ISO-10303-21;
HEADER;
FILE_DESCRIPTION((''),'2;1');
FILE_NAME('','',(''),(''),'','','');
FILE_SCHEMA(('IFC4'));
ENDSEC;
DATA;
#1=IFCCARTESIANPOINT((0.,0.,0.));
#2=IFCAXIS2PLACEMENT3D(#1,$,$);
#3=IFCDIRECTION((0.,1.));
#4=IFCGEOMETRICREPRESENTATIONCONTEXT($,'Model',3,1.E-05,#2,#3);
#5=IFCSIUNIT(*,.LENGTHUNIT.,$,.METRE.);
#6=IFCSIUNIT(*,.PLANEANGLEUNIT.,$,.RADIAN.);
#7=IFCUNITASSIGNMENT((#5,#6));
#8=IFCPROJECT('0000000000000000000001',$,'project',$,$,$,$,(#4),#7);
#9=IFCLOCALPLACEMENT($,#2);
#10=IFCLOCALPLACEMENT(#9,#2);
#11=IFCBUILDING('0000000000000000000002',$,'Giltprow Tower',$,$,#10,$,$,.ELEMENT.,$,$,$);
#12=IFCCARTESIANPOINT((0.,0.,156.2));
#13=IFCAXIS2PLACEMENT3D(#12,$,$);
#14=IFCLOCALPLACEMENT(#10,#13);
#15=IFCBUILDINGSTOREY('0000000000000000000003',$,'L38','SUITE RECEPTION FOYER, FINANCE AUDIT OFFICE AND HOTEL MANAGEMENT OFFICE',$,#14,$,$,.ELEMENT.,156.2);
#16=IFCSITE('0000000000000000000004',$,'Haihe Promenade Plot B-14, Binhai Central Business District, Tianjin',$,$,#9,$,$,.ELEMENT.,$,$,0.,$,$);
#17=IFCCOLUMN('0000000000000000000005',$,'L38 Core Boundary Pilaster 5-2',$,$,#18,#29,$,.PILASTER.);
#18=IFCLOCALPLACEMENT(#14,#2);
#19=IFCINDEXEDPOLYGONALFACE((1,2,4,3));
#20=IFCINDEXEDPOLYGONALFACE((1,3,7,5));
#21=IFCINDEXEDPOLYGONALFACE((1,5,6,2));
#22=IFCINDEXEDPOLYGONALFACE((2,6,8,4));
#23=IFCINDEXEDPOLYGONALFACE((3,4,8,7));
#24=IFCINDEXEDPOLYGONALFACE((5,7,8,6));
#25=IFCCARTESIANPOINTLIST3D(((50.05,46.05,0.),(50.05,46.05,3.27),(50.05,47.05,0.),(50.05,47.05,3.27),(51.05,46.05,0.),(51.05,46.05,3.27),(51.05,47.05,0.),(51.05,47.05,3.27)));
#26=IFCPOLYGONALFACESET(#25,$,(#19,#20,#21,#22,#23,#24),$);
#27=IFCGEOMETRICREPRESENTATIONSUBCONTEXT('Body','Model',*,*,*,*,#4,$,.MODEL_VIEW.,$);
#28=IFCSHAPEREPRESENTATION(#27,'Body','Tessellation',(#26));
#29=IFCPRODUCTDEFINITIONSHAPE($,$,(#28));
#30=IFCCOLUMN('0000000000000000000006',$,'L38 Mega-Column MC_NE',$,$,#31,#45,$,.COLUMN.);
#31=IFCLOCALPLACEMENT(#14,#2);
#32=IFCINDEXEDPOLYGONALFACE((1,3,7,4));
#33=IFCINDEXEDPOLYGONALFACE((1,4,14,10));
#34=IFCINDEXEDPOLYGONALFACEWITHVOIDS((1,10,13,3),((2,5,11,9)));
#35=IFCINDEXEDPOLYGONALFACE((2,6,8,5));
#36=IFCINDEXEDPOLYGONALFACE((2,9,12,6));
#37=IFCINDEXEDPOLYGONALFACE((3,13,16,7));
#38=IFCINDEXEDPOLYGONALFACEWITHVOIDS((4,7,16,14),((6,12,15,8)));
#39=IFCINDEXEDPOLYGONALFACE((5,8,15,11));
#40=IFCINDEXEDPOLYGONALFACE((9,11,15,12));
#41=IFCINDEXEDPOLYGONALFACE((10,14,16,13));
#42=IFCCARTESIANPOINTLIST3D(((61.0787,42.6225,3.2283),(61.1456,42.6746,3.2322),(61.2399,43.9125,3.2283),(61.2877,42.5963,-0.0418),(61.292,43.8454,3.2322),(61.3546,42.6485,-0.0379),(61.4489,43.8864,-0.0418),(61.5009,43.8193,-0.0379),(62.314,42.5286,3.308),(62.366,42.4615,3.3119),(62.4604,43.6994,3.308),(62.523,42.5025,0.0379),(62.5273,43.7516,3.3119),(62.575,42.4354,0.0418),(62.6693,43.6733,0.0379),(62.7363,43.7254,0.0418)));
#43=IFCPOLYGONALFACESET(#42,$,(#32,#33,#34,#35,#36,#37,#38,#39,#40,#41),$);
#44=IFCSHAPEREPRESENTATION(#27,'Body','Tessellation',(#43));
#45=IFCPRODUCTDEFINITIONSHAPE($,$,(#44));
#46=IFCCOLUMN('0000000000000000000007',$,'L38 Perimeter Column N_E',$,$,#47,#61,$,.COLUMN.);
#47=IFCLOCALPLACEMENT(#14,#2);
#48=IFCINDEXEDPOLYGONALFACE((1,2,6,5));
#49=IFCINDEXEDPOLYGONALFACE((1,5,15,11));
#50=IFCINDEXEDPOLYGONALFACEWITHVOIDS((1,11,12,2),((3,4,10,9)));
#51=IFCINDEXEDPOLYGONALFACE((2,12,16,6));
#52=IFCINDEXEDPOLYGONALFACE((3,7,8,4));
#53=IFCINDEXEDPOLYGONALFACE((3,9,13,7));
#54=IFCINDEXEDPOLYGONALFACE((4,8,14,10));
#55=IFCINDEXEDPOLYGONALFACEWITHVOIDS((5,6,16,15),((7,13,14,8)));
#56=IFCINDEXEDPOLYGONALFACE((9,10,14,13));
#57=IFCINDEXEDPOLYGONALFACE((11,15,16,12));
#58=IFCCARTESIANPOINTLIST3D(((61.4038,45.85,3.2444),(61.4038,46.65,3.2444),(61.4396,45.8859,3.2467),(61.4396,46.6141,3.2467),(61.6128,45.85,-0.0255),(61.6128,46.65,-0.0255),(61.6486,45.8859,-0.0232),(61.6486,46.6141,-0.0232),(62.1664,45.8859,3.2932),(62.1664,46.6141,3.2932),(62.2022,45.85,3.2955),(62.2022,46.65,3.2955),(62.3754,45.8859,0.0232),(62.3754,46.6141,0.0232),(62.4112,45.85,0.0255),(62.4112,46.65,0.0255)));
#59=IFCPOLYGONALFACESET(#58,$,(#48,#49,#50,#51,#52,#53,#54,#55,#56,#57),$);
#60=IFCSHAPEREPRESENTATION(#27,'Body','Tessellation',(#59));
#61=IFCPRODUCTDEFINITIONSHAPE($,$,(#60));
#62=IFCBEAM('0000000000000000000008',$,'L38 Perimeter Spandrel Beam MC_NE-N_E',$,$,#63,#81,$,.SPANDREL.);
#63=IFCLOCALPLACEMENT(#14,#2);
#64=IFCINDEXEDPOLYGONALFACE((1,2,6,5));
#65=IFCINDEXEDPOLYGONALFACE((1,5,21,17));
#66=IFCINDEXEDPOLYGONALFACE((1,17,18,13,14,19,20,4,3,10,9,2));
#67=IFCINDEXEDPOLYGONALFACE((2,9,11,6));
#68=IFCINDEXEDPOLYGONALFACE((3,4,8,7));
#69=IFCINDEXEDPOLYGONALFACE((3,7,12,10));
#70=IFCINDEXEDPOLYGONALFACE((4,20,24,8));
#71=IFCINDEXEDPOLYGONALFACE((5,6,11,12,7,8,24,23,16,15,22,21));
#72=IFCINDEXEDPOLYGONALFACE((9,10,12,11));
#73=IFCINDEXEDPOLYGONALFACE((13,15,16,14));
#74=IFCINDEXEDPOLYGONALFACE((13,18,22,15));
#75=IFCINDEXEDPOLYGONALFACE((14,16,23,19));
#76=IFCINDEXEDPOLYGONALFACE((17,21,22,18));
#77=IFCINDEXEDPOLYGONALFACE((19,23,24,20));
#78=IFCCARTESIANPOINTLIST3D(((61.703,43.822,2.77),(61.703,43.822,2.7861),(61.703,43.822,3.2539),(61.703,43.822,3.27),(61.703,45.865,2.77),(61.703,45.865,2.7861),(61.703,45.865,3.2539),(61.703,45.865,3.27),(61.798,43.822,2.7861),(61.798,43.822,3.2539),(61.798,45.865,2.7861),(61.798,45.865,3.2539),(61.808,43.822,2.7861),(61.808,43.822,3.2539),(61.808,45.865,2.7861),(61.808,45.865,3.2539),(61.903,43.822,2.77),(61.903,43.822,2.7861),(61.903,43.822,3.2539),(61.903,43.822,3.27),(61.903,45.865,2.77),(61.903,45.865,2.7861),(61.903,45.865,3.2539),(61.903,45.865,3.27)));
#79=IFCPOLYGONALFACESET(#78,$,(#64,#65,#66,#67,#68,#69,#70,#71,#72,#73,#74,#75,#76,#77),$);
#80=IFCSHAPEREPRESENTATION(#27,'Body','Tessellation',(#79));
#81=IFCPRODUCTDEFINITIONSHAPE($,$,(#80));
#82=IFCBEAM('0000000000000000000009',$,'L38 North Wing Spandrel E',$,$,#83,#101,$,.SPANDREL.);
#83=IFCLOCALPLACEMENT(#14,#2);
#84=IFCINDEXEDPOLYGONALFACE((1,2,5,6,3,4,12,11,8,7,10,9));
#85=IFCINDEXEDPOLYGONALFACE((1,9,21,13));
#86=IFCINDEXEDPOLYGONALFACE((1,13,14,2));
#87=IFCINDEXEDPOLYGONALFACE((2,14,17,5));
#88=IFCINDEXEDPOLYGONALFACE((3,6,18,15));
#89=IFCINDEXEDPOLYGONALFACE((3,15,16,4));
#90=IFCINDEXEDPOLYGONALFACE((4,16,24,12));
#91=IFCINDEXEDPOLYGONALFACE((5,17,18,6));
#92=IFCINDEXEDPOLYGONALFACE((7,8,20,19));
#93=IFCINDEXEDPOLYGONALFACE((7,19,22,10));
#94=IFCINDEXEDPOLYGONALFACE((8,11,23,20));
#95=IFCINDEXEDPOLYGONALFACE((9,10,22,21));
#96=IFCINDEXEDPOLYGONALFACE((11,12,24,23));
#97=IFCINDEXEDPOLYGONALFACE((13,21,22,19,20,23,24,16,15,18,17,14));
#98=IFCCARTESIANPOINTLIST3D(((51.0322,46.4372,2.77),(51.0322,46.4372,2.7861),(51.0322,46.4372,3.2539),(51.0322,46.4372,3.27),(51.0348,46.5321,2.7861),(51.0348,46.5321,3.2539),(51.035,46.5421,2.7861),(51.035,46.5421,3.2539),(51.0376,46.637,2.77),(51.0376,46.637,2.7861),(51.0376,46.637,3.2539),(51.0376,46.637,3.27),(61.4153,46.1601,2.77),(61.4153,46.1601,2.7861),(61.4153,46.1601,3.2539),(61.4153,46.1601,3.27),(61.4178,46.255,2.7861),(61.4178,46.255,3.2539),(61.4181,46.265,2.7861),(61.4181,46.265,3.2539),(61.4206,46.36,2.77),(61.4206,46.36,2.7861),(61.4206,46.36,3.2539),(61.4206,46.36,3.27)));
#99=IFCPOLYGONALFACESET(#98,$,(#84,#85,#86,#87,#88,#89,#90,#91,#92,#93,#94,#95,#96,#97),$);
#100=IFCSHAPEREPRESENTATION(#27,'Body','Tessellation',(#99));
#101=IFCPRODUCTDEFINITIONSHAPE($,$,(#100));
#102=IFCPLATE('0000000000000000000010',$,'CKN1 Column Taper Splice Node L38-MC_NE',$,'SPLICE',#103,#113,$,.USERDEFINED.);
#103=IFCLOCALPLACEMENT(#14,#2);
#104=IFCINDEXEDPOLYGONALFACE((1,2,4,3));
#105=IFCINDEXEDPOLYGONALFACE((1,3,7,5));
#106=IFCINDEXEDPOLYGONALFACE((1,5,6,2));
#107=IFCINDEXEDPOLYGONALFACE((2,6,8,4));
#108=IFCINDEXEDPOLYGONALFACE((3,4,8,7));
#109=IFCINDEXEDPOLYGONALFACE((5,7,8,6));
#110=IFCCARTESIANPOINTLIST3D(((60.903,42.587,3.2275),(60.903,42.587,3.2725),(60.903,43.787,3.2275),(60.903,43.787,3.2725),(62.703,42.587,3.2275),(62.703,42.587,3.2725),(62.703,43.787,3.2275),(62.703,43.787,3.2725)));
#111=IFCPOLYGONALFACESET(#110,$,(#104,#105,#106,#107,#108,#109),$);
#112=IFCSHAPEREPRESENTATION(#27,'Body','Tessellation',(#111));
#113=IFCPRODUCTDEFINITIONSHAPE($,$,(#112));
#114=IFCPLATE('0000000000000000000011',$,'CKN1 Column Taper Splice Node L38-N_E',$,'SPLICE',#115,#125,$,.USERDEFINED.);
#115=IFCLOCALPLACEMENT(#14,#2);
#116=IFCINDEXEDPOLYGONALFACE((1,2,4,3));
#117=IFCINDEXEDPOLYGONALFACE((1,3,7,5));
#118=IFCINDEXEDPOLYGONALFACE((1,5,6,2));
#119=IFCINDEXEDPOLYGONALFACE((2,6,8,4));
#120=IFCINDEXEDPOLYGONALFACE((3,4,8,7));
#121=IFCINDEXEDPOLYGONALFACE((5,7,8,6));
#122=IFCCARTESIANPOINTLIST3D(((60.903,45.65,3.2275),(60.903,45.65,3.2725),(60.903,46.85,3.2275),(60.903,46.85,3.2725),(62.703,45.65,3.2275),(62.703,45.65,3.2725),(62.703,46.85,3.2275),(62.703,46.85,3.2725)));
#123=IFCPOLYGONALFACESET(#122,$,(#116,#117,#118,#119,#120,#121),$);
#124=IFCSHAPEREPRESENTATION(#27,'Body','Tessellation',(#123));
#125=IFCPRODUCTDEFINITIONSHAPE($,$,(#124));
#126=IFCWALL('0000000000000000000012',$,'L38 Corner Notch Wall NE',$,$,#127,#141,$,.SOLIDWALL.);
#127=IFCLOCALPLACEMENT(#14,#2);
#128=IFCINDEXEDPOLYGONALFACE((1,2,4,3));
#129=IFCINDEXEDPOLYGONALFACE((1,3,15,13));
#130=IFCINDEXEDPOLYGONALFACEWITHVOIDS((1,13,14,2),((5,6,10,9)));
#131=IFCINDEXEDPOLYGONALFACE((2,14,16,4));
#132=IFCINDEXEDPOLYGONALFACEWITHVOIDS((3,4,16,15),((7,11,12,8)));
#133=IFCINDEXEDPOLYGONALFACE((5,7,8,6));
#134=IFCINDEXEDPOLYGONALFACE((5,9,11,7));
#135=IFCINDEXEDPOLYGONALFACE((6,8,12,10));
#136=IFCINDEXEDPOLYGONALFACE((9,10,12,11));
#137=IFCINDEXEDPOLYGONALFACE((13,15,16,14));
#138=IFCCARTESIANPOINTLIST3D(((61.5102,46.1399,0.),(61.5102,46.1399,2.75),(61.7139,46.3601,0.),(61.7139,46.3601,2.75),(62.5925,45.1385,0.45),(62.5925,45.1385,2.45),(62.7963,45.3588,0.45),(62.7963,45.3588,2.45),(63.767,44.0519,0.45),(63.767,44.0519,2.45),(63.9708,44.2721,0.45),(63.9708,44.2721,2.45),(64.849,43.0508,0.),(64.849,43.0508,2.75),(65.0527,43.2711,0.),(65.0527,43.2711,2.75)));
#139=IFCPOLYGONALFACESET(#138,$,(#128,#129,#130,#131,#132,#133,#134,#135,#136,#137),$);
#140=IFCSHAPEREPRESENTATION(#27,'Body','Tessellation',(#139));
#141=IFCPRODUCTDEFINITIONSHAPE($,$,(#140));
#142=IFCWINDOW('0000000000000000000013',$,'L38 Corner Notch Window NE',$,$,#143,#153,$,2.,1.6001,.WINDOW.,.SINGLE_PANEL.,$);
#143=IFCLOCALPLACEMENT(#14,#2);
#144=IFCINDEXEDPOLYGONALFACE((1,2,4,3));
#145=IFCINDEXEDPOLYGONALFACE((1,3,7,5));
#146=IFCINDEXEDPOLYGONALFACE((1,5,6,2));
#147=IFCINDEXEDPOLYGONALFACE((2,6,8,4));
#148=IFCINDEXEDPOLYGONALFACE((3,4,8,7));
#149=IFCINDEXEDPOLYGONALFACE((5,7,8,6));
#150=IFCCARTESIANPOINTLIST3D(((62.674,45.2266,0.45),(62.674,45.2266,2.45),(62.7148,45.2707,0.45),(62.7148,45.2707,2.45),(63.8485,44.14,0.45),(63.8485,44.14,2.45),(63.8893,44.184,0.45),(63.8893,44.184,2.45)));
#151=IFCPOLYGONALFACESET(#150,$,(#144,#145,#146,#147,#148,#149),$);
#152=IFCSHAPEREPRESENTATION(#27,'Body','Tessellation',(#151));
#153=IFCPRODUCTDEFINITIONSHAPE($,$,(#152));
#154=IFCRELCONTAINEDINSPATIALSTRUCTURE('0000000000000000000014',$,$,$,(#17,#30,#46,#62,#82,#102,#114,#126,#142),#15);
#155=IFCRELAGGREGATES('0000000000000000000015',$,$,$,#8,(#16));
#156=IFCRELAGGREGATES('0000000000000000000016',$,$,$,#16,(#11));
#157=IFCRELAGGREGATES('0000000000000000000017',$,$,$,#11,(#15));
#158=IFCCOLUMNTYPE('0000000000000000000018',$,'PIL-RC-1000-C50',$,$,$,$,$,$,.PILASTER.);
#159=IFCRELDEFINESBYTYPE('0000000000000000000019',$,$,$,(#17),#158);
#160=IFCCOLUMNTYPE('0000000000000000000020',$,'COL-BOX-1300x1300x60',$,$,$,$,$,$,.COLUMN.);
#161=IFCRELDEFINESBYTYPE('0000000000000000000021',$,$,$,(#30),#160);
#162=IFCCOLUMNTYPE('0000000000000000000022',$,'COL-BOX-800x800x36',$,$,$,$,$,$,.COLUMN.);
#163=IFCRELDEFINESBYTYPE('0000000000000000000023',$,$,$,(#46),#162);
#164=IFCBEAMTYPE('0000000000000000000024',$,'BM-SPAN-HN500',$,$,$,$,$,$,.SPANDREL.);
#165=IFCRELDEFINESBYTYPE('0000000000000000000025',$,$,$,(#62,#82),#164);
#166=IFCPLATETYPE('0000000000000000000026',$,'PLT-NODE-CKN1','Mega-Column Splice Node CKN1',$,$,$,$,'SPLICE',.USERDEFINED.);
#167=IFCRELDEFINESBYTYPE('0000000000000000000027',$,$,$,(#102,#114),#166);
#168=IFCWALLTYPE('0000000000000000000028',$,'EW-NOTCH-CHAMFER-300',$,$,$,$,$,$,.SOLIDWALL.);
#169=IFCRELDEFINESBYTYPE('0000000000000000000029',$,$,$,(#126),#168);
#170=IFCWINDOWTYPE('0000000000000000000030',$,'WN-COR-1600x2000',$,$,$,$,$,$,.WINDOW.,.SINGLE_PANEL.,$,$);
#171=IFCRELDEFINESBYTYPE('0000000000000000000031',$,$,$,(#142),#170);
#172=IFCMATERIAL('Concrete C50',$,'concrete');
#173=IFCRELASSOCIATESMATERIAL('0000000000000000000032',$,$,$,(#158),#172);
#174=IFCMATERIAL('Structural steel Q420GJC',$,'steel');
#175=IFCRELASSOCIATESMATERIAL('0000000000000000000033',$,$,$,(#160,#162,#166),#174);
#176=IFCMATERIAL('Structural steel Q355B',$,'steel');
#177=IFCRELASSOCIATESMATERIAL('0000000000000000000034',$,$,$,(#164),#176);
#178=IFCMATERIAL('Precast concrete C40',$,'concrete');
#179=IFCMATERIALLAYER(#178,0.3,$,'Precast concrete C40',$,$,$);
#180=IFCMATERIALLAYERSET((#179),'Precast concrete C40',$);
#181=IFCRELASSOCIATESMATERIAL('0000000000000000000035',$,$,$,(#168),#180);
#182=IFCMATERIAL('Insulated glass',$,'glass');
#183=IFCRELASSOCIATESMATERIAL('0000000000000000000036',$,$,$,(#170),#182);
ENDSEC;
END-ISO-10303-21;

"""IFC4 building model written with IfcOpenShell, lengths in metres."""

from ifc_helpers import new_model, si_unit, direction, frame, frame_2d, origin, origin_2d, place, context, subcontext, project, spatial, rectangle, hollow_rectangle, i_section, extrude, source, transform, mapped, material, layer, layer_set, material_profile, profile_set, type_object, element, fill, save


model = new_model("IFC4")

# Units and contexts
model_context = context("Model", 3, precision=1e-05, world=origin(), true_north=direction((0.0, 1.0)))
body_context = subcontext(model_context, "Body", "Model", "MODEL_VIEW")
ifc_project = project(units=[si_unit("LENGTHUNIT", "METRE"), si_unit("PLANEANGLEUNIT", "RADIAN")], contexts=[model_context])

# Site, building, storey
site_placement = place(None, origin())
site = spatial("IfcSite", under=ifc_project, at=site_placement, Name="Haihe Promenade Plot B-14, Binhai Central Business District, Tianjin", CompositionType="ELEMENT", RefElevation=0.0)
building_placement = place(site_placement, origin())
building = spatial("IfcBuilding", under=site, at=building_placement, Name="Giltprow Tower", CompositionType="ELEMENT")
storey_placement = place(building_placement, frame((0.0, 0.0, 156.2)))
storey = spatial("IfcBuildingStorey", under=building, at=storey_placement, Name="L38", Description="SUITE RECEPTION FOYER, FINANCE AUDIT OFFICE AND HOTEL MANAGEMENT OFFICE", CompositionType="ELEMENT", Elevation=156.2)

# Columns
ifc_material_1 = material(Name="Concrete C50", Category="concrete")
ifc_material_profile_1 = material_profile(ifc_material_1, rectangle(XDim=1.0, YDim=1.0, at=origin_2d()), Name="RC 1000x1000")
ifc_profile_set_1 = profile_set([ifc_material_profile_1], Name="Concrete C50")
column_type_1 = type_object("IfcColumnType", Name="PIL-RC-1000-C50", PredefinedType="PILASTER", material=ifc_profile_set_1)
shared_shape_1 = source(origin(), body_context, "Body", "SweptSolid", [
    extrude(rectangle(XDim=1.0, YDim=1.0, at=origin_2d()), origin(), (0.0, 0.0, 1.0), 3.27),
])
column_1_placement = place(storey_placement, frame((50.55, 46.55, 0.0), z_axis=(0.0, 0.0, 1.0), x_axis=(1.0, 0.0, 0.0)))
element("IfcColumn", 1, at=column_1_placement, inside=storey, type_object=column_type_1, Name="L38 Core Boundary Pilaster 5-2", PredefinedType="PILASTER", context=body_context, shape_type="MappedRepresentation", body=[
    mapped(shared_shape_1, transform((0.0, 0.0, 0.0), x_axis=(1.0, 0.0, 0.0), y_axis=(0.0, 1.0, 0.0), z_axis=(0.0, 0.0, 1.0), scale=1.0)),
])
ifc_material_2 = material(Name="Structural steel Q420GJC", Category="steel")
ifc_material_profile_2 = material_profile(ifc_material_2, hollow_rectangle(XDim=1.3, YDim=1.3, WallThickness=0.0601, at=origin_2d()), Name="BOX 1300x1300x60")
ifc_profile_set_2 = profile_set([ifc_material_profile_2], Name="Structural steel Q420GJC")
column_type_2 = type_object("IfcColumnType", Name="COL-BOX-1300x1300x60", PredefinedType="COLUMN", material=ifc_profile_set_2)
shared_shape_2 = source(origin(), body_context, "Body", "SweptSolid", [
    extrude(hollow_rectangle(XDim=1.3, YDim=1.3, WallThickness=0.0601, at=origin_2d()), origin(), (0.0, 0.0, 1.0), 3.2769),
])
column_2_placement = place(storey_placement, frame((62.012, 43.1609, 0.0), z_axis=(-0.063777, 0.007972, 0.997932), x_axis=(-0.124035, -0.992278, 0.0)))
element("IfcColumn", 2, at=column_2_placement, inside=storey, type_object=column_type_2, Name="L38 Mega-Column MC_NE", PredefinedType="COLUMN", context=body_context, shape_type="MappedRepresentation", body=[
    mapped(shared_shape_2, transform((0.0, 0.0, 0.0), x_axis=(1.0, 0.0, 0.0), y_axis=(0.0, 1.0, 0.0), z_axis=(0.0, 0.0, 1.0), scale=1.0)),
])
ifc_material_profile_3 = material_profile(ifc_material_2, hollow_rectangle(XDim=0.8, YDim=0.8, WallThickness=0.0359, at=origin_2d()), Name="BOX 800x800x36")
ifc_profile_set_3 = profile_set([ifc_material_profile_3], Name="Structural steel Q420GJC")
column_type_3 = type_object("IfcColumnType", Name="COL-BOX-800x800x36", PredefinedType="COLUMN", material=ifc_profile_set_3)
shared_shape_3 = source(origin(), body_context, "Body", "SweptSolid", [
    extrude(hollow_rectangle(XDim=0.8, YDim=0.8, WallThickness=0.0359, at=origin_2d()), origin(), (0.0, 0.0, 1.0), 3.2766),
])
column_3_placement = place(storey_placement, frame((62.012, 46.25, 0.0), z_axis=(-0.063779, 0.0, 0.997964), x_axis=(0.0, -1.0, 0.0)))
element("IfcColumn", 3, at=column_3_placement, inside=storey, type_object=column_type_3, Name="L38 Perimeter Column N_E", PredefinedType="COLUMN", context=body_context, shape_type="MappedRepresentation", body=[
    mapped(shared_shape_3, transform((0.0, 0.0, 0.0), x_axis=(1.0, 0.0, 0.0), y_axis=(0.0, 1.0, 0.0), z_axis=(0.0, 0.0, 1.0), scale=1.0)),
])

# Beams
ifc_material_3 = material(Name="Structural steel Q355B", Category="steel")
ifc_material_profile_4 = material_profile(ifc_material_3, i_section(OverallWidth=0.2, OverallDepth=0.5, WebThickness=0.01, FlangeThickness=0.0161, at=origin_2d()), Name="HN 500x200x10x16")
ifc_profile_set_4 = profile_set([ifc_material_profile_4], Name="Structural steel Q355B")
beam_type = type_object("IfcBeamType", Name="BM-SPAN-HN500", PredefinedType="SPANDREL", material=ifc_profile_set_4)
shared_shape_4 = source(origin(), body_context, "Body", "SweptSolid", [
    extrude(i_section(OverallWidth=0.2, OverallDepth=0.5, WebThickness=0.01, FlangeThickness=0.0161, at=origin_2d()), origin(), (0.0, 0.0, 1.0), 2.043),
])
beam_1_placement = place(storey_placement, frame((61.803, 43.822, 3.02), z_axis=(0.0, 1.0, 0.0), x_axis=(-1.0, 0.0, 0.0)))
element("IfcBeam", 4, at=beam_1_placement, inside=storey, type_object=beam_type, Name="L38 Perimeter Spandrel Beam MC_NE-N_E", PredefinedType="SPANDREL", context=body_context, shape_type="MappedRepresentation", body=[
    mapped(shared_shape_4, transform((0.0, 0.0, 0.0), x_axis=(1.0, 0.0, 0.0), y_axis=(0.0, 1.0, 0.0), z_axis=(0.0, 0.0, 1.0), scale=1.0)),
])
shared_shape_5 = source(origin(), body_context, "Body", "SweptSolid", [
    extrude(i_section(OverallWidth=0.2, OverallDepth=0.5, WebThickness=0.01, FlangeThickness=0.0161, at=origin_2d()), origin(), (0.0, 0.0, 1.0), 10.3867),
])
beam_2_placement = place(storey_placement, frame((51.0349, 46.5371, 3.02), z_axis=(0.999644, -0.026678, 0.0), x_axis=(0.026678, 0.999644, 0.0)))
element("IfcBeam", 5, at=beam_2_placement, inside=storey, type_object=beam_type, Name="L38 North Wing Spandrel E", PredefinedType="SPANDREL", context=body_context, shape_type="MappedRepresentation", body=[
    mapped(shared_shape_5, transform((0.0, 0.0, 0.0), x_axis=(1.0, 0.0, 0.0), y_axis=(0.0, 1.0, 0.0), z_axis=(0.0, 0.0, 1.0), scale=1.0)),
])

# Plates
plate_type = type_object("IfcPlateType", Name="PLT-NODE-CKN1", Description="Mega-Column Splice Node CKN1", ElementType="SPLICE", PredefinedType="USERDEFINED", material=ifc_material_2)
shared_shape_6 = source(origin(), body_context, "Body", "SweptSolid", [
    extrude(rectangle(XDim=1.8, YDim=1.2, at=origin_2d()), origin(), (0.0, 0.0, 1.0), 0.0449),
])
for number, where, z_axis, x_axis, name in (
    (6, (61.803, 43.187, 3.2275), (0.0, 0.0, 1.0), (1.0, 0.0, 0.0), "CKN1 Column Taper Splice Node L38-MC_NE"),
    (7, (61.803, 46.25, 3.2275), (0.0, 0.0, 1.0), (1.0, 0.0, 0.0), "CKN1 Column Taper Splice Node L38-N_E"),
):
    element("IfcPlate", number, at=place(storey_placement, frame(where, z_axis=z_axis, x_axis=x_axis)), inside=storey, type_object=plate_type, Name=name, ObjectType="SPLICE", PredefinedType="USERDEFINED", context=body_context, shape_type="MappedRepresentation", body=[
        mapped(shared_shape_6, transform((0.0, 0.0, 0.0), x_axis=(1.0, 0.0, 0.0), y_axis=(0.0, 1.0, 0.0), z_axis=(0.0, 0.0, 1.0), scale=1.0)),
    ])

# Wall, opening, window
ifc_material_4 = material(Name="Precast concrete C40", Category="concrete")
ifc_layer_1 = layer(ifc_material_4, 0.3, Name="Precast concrete C40")
ifc_layer_set_1 = layer_set([ifc_layer_1], Name="Precast concrete C40")
wall_type_1 = type_object("IfcWallType", Name="EW-NOTCH-CHAMFER-300", PredefinedType="SOLIDWALL", material=ifc_layer_set_1)
wall_1_placement = place(storey_placement, frame((64.9509, 43.1609, 0.0), z_axis=(0.0, 0.0, 1.0), x_axis=(-0.734027, 0.67912, 0.0)))
wall_1 = element("IfcWall", 8, at=wall_1_placement, inside=storey, type_object=wall_type_1, Name="L38 Corner Notch Wall NE", PredefinedType="SOLIDWALL", context=body_context, shape_type="SweptSolid", body=[
    extrude(rectangle(XDim=4.5486, YDim=0.3, at=frame_2d((2.2744, 0.0))), origin(), (0.0, 0.0, 1.0), 2.75),
])
opening_1_placement = place(wall_1_placement, frame((1.4741, 0.0, 0.45)))
opening_1 = element("IfcOpeningElement", 9, at=opening_1_placement, cuts=wall_1, PredefinedType="OPENING", context=body_context, shape_type="SweptSolid", body=[
    extrude(rectangle(XDim=1.6001, YDim=2.0, at=frame_2d((0.8, 1.0))), frame((0.0, 0.1599, 0.0), z_axis=(0.0, -1.0, 0.0), x_axis=(1.0, 0.0, 0.0)), (0.0, 0.0, 1.0), 0.3201),
])
ifc_material_5 = material(Name="Insulated glass", Category="glass")
window_type = type_object("IfcWindowType", Name="WN-COR-1600x2000", PartitioningType="SINGLE_PANEL", PredefinedType="WINDOW", material=ifc_material_5)
shared_shape_7 = source(origin(), body_context, "Body", "SweptSolid", [
    extrude(rectangle(XDim=1.6001, YDim=2.0, at=frame_2d((0.8, 1.0))), frame((0.0, 0.03, 0.0), z_axis=(0.0, -1.0, 0.0), x_axis=(1.0, 0.0, 0.0)), (0.0, 0.0, 1.0), 0.0601),
])
window_1_placement = place(opening_1_placement, origin())
window_1 = element("IfcWindow", 10, at=window_1_placement, inside=storey, type_object=window_type, Name="L38 Corner Notch Window NE", OverallHeight=2.0, OverallWidth=1.6001, PartitioningType="SINGLE_PANEL", PredefinedType="WINDOW", context=body_context, shape_type="MappedRepresentation", body=[
    mapped(shared_shape_7, transform((0.0, 0.0, 0.0), x_axis=(1.0, 0.0, 0.0), y_axis=(0.0, 1.0, 0.0), z_axis=(0.0, 0.0, 1.0), scale=1.0)),
])
fill(opening_1, window_1)

save(model, "model.ifc")
